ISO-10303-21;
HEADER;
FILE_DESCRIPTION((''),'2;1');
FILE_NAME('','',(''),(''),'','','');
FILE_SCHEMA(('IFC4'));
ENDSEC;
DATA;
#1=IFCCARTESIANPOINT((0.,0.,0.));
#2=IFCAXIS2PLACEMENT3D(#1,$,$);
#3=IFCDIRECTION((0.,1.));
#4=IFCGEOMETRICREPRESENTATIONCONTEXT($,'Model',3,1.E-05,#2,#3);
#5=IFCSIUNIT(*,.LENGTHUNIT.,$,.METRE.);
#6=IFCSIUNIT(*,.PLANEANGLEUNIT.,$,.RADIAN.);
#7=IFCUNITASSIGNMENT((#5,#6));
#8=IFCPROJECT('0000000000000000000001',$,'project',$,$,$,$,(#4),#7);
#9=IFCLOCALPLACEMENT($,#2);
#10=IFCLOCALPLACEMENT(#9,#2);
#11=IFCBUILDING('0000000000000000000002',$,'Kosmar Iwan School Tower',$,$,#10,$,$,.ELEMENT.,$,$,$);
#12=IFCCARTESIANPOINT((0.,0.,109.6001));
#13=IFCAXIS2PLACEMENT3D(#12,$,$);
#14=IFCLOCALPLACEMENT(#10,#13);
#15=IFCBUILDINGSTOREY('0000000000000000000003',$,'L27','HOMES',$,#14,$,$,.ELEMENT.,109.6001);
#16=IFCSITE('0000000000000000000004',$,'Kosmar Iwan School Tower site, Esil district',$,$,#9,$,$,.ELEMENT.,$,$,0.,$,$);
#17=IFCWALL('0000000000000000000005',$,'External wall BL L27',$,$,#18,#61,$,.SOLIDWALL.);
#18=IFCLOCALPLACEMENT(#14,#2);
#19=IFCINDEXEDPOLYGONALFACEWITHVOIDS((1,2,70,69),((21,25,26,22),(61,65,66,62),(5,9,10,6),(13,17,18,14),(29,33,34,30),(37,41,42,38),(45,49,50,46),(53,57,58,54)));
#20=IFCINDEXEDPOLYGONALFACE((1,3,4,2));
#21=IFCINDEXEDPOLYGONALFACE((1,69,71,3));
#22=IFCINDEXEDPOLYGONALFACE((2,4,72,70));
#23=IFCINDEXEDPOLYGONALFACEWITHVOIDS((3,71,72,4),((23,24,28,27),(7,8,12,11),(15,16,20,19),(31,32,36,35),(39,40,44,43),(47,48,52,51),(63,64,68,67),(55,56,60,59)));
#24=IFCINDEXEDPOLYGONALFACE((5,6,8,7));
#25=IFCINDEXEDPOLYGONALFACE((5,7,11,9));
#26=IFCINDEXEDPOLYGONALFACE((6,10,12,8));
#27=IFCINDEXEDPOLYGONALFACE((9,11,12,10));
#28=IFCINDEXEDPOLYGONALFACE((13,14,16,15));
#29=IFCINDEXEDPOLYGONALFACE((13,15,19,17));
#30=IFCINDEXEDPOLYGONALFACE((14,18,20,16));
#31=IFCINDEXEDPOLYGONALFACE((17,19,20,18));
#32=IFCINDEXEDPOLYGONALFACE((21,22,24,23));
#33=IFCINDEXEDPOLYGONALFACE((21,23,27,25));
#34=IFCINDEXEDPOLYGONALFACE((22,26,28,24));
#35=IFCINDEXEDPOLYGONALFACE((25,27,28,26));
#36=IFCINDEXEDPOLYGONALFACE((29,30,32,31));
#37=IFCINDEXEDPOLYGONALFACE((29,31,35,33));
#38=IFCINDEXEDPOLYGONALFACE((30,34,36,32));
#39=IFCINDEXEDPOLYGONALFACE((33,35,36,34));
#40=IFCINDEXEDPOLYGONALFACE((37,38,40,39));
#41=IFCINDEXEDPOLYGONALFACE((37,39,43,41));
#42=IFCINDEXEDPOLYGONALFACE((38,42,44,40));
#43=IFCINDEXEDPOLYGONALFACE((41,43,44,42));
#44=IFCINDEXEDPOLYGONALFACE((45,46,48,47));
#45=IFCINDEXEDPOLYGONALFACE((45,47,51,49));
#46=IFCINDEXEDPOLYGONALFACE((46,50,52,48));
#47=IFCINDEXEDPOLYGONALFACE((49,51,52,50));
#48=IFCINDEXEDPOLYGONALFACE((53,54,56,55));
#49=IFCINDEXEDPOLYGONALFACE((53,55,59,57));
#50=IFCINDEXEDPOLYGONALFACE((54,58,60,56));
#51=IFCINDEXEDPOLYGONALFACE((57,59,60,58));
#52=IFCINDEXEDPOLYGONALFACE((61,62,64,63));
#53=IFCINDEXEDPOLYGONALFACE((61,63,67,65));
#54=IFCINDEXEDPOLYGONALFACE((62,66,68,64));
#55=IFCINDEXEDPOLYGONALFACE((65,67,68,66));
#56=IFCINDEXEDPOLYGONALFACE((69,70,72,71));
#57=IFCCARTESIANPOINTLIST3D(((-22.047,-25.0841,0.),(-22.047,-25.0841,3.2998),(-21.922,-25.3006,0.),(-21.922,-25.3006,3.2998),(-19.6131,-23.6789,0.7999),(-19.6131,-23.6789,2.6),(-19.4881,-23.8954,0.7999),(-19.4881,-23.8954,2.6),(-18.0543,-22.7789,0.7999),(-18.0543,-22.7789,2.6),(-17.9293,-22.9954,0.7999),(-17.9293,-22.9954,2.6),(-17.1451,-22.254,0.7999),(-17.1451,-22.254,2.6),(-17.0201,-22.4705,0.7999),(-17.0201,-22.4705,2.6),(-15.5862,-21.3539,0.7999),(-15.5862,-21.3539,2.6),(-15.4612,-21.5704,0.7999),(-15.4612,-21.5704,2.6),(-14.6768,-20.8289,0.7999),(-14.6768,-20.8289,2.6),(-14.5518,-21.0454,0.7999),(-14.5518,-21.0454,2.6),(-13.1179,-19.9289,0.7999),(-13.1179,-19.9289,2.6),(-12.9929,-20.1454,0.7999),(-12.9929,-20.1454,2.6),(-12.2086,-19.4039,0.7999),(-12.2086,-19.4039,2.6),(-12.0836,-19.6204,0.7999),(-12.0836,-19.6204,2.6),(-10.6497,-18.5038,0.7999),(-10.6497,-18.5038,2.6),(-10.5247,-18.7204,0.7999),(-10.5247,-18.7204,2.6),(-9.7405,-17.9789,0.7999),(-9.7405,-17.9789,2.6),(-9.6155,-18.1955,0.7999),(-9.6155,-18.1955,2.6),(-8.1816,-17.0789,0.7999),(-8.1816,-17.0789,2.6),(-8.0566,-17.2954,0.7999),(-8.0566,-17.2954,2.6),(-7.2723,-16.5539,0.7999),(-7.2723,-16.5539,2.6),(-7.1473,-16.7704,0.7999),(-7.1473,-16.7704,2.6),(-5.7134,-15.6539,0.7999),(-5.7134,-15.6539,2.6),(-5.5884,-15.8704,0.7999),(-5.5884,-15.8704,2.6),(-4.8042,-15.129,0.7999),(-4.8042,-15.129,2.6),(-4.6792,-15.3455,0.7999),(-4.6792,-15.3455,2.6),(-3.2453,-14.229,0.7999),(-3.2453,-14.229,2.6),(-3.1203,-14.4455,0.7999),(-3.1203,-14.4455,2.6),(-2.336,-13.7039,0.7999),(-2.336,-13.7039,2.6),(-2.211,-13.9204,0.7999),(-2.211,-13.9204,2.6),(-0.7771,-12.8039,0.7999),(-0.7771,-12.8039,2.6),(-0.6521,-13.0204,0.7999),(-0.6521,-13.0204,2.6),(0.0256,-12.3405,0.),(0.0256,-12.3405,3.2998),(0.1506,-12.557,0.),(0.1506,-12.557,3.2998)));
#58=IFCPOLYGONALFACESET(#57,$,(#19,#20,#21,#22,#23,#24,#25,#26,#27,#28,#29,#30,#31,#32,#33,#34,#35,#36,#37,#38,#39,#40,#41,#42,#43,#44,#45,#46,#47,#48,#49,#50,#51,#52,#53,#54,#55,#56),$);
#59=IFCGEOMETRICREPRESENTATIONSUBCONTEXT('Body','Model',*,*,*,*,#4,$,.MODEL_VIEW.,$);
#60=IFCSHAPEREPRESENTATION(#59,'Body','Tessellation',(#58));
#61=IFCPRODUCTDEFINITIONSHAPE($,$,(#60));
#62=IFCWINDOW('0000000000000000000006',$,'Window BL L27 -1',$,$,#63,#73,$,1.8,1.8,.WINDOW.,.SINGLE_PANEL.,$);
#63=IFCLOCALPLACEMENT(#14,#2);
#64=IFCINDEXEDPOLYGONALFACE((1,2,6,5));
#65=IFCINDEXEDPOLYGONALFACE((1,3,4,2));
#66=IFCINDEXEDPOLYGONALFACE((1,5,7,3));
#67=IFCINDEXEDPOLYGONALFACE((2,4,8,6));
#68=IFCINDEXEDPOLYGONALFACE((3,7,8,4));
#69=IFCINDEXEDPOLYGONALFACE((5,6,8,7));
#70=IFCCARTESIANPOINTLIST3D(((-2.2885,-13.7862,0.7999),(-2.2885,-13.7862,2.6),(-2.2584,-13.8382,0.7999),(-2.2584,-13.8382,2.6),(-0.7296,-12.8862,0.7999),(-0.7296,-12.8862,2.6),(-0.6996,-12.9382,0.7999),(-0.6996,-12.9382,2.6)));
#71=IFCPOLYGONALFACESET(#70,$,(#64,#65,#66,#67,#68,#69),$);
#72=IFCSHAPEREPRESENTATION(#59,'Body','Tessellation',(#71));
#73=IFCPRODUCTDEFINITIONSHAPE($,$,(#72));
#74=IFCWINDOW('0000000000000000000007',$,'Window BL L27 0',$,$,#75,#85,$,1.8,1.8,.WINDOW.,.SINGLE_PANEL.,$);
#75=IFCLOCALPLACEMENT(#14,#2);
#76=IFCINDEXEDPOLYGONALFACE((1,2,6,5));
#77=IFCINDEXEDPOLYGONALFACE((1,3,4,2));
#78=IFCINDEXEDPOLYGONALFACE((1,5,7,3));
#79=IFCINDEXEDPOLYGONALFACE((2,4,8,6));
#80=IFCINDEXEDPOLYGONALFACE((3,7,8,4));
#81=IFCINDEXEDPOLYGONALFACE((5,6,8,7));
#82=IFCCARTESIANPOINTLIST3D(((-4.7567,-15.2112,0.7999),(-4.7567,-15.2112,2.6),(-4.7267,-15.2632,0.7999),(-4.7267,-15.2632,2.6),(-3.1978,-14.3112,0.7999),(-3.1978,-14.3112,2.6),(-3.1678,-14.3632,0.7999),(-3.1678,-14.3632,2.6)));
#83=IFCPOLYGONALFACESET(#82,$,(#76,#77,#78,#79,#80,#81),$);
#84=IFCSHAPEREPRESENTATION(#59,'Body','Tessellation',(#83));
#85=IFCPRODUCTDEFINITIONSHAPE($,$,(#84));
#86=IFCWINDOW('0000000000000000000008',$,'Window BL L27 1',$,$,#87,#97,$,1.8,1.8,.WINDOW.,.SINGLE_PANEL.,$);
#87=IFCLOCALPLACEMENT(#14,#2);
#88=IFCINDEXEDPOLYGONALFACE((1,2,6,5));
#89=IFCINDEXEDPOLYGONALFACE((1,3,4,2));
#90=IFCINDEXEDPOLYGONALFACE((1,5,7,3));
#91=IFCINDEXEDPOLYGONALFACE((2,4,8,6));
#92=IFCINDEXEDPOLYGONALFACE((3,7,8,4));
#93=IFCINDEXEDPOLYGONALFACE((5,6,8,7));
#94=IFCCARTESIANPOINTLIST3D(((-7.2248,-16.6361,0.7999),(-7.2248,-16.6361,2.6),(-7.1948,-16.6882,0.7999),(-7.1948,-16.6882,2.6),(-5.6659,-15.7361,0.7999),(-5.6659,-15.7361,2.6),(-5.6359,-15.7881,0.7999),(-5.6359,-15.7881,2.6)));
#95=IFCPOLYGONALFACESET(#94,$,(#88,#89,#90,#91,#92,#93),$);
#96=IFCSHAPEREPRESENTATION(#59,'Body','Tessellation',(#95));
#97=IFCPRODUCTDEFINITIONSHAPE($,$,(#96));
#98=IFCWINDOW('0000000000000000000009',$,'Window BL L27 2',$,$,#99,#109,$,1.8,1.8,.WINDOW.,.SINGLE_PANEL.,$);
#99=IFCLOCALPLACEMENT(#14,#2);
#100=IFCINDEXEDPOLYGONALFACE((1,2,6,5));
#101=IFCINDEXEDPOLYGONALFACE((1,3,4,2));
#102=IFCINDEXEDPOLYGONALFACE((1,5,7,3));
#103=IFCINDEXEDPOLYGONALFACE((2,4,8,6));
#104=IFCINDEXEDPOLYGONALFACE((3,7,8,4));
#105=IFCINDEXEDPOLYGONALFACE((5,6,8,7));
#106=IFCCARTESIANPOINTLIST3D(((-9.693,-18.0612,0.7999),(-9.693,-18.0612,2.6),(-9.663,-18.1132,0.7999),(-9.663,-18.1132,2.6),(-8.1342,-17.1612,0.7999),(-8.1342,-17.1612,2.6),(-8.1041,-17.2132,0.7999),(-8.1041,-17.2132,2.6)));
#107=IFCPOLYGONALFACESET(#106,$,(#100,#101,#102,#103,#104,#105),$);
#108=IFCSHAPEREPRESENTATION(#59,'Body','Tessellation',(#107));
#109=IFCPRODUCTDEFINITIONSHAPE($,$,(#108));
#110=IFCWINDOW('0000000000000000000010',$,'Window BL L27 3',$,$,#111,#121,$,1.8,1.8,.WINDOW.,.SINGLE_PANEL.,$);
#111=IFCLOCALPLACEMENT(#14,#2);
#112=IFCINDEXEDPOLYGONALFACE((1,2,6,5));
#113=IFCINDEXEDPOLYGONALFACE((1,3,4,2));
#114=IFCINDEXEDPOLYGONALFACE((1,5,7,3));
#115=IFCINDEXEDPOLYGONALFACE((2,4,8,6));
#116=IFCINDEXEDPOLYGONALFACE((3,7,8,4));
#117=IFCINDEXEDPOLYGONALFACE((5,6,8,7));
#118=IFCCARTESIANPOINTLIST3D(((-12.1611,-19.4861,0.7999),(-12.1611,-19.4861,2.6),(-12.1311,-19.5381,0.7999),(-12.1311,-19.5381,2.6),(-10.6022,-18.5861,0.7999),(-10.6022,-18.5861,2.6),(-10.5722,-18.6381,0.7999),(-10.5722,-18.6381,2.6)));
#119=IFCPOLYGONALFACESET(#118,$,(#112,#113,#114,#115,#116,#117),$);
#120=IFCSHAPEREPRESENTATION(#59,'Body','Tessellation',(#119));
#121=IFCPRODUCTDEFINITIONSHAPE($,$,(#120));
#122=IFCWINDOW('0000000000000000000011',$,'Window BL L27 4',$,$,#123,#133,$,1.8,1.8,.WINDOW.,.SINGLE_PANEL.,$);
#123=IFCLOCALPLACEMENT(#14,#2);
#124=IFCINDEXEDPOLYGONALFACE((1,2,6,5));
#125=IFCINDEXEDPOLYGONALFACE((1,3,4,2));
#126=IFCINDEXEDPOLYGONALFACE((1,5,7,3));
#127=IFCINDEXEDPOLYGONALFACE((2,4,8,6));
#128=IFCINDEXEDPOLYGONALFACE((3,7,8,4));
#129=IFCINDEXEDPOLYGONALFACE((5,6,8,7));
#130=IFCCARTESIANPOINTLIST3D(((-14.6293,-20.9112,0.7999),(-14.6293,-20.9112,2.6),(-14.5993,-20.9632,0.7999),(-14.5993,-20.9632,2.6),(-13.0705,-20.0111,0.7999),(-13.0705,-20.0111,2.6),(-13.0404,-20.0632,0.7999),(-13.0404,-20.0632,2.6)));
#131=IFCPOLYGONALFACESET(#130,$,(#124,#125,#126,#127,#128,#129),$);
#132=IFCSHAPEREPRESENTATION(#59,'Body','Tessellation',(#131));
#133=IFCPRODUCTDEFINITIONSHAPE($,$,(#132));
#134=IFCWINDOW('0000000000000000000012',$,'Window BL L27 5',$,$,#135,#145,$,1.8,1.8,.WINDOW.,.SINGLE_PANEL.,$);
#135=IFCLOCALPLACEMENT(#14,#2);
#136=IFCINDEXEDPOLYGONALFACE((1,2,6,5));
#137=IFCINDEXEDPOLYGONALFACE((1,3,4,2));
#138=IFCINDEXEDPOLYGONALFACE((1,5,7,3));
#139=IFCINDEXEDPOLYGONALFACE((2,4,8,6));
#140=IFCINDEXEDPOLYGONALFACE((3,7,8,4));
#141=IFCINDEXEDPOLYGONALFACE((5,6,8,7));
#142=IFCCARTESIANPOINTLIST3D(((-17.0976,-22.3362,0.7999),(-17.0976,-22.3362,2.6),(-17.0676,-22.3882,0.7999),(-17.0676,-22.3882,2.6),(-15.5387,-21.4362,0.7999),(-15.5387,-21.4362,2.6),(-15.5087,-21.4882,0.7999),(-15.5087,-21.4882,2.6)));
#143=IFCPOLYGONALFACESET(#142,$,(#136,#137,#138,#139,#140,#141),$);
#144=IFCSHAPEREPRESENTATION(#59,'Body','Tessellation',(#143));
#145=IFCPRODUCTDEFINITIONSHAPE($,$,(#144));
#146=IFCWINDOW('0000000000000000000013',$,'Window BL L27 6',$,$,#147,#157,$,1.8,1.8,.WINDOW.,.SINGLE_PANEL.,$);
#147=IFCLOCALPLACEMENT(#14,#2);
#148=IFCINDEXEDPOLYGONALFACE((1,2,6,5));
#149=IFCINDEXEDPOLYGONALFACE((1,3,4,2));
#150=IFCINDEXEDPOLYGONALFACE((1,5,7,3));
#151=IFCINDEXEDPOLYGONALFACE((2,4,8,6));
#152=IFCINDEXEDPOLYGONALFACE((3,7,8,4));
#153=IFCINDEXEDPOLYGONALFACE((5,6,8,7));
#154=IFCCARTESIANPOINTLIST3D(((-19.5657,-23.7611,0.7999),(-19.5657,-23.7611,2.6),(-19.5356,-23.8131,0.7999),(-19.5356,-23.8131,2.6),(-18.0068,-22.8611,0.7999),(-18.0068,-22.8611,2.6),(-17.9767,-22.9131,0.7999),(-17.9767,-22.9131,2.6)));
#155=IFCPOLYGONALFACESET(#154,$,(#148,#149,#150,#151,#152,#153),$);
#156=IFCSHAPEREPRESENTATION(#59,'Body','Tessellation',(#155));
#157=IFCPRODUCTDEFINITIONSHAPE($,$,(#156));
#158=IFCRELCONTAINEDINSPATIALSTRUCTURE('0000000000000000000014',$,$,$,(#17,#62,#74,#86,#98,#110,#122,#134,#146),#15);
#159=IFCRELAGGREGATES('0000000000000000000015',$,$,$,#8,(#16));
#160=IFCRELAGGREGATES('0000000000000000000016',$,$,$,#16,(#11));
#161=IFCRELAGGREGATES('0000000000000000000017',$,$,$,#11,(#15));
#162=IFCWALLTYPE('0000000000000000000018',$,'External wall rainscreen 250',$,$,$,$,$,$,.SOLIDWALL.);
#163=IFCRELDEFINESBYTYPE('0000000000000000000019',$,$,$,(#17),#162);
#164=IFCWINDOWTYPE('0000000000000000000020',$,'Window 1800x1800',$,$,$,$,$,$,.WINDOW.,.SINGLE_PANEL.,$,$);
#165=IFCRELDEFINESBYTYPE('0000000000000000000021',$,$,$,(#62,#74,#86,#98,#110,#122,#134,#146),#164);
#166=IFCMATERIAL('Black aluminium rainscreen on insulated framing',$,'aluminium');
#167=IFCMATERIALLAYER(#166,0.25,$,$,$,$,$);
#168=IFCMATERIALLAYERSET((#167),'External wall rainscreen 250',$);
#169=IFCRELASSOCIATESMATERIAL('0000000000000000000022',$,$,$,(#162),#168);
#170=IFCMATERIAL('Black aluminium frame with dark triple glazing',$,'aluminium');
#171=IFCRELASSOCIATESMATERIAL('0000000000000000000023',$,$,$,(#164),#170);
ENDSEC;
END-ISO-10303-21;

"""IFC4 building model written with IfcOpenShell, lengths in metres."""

from ifc_helpers import new_model, si_unit, direction, frame, frame_2d, origin, place, context, subcontext, project, spatial, rectangle, extrude, material, layer, layer_set, type_object, element, fill, save


model = new_model("IFC4")

# Units and contexts
model_context = context("Model", 3, precision=1e-05, world=origin(), true_north=direction((0.0, 1.0)))
body_context = subcontext(model_context, "Body", "Model", "MODEL_VIEW")
ifc_project = project(units=[si_unit("LENGTHUNIT", "METRE"), si_unit("PLANEANGLEUNIT", "RADIAN")], contexts=[model_context])

# Site, building, storey
site_placement = place(None, origin())
site = spatial("IfcSite", under=ifc_project, at=site_placement, Name="Kosmar Iwan School Tower site, Esil district", CompositionType="ELEMENT", RefElevation=0.0)
building_placement = place(site_placement, origin())
building = spatial("IfcBuilding", under=site, at=building_placement, Name="Kosmar Iwan School Tower", CompositionType="ELEMENT")
storey_placement = place(building_placement, frame((0.0, 0.0, 109.6001)))
storey = spatial("IfcBuildingStorey", under=building, at=storey_placement, Name="L27", Description="HOMES", CompositionType="ELEMENT", Elevation=109.6001)

# Wall, openings, windows
ifc_material_1 = material(Name="Black aluminium rainscreen on insulated framing", Category="aluminium")
ifc_layer = layer(ifc_material_1, 0.25)
ifc_layer_set = layer_set([ifc_layer], Name="External wall rainscreen 250")
wall_type = type_object("IfcWallType", Name="External wall rainscreen 250", PredefinedType="SOLIDWALL", material=ifc_layer_set)
wall_placement = place(storey_placement, frame((0.0881, -12.4487, 0.0), z_axis=(0.0, 0.0, 1.0), x_axis=(-0.866026, -0.499998, 0.0)))
wall = element("IfcWall", 1, at=wall_placement, inside=storey, type_object=wall_type, Name="External wall BL L27", PredefinedType="SOLIDWALL", context=body_context, shape_type="SweptSolid", body=[
    extrude(rectangle(XDim=25.4873, YDim=0.25, at=frame_2d((12.7437, 0.0))), origin(), (0.0, 0.0, 1.0), 3.2998),
])
opening_1_placement = place(wall_placement, frame((0.927, 0.0, 0.8)))
opening_1 = element("IfcOpeningElement", 2, at=opening_1_placement, cuts=wall, PredefinedType="OPENING", context=body_context, shape_type="SweptSolid", body=[
    extrude(rectangle(XDim=1.8, YDim=1.8, at=frame_2d((0.8999, 0.8999))), frame((0.0, 0.137, 0.0), z_axis=(0.0, -1.0, 0.0), x_axis=(1.0, 0.0, 0.0)), (0.0, 0.0, 1.0), 0.2739),
])
opening_2_placement = place(wall_placement, frame((3.7771, 0.0, 0.8)))
opening_2 = element("IfcOpeningElement", 3, at=opening_2_placement, cuts=wall, PredefinedType="OPENING", context=body_context, shape_type="SweptSolid", body=[
    extrude(rectangle(XDim=1.8, YDim=1.8, at=frame_2d((0.8999, 0.8999))), frame((0.0, 0.137, 0.0), z_axis=(0.0, -1.0, 0.0), x_axis=(1.0, 0.0, 0.0)), (0.0, 0.0, 1.0), 0.2739),
])
opening_3_placement = place(wall_placement, frame((6.627, 0.0, 0.8)))
opening_3 = element("IfcOpeningElement", 4, at=opening_3_placement, cuts=wall, PredefinedType="OPENING", context=body_context, shape_type="SweptSolid", body=[
    extrude(rectangle(XDim=1.8, YDim=1.8, at=frame_2d((0.8999, 0.8999))), frame((0.0, 0.137, 0.0), z_axis=(0.0, -1.0, 0.0), x_axis=(1.0, 0.0, 0.0)), (0.0, 0.0, 1.0), 0.2739),
])
opening_4_placement = place(wall_placement, frame((9.4771, 0.0, 0.8)))
opening_4 = element("IfcOpeningElement", 5, at=opening_4_placement, cuts=wall, PredefinedType="OPENING", context=body_context, shape_type="SweptSolid", body=[
    extrude(rectangle(XDim=1.8, YDim=1.8, at=frame_2d((0.8999, 0.8999))), frame((0.0, 0.137, 0.0), z_axis=(0.0, -1.0, 0.0), x_axis=(1.0, 0.0, 0.0)), (0.0, 0.0, 1.0), 0.2739),
])
opening_5_placement = place(wall_placement, frame((12.3269, 0.0, 0.8)))
opening_5 = element("IfcOpeningElement", 6, at=opening_5_placement, cuts=wall, PredefinedType="OPENING", context=body_context, shape_type="SweptSolid", body=[
    extrude(rectangle(XDim=1.8, YDim=1.8, at=frame_2d((0.8999, 0.8999))), frame((0.0, 0.137, 0.0), z_axis=(0.0, -1.0, 0.0), x_axis=(1.0, 0.0, 0.0)), (0.0, 0.0, 1.0), 0.2739),
])
opening_6_placement = place(wall_placement, frame((15.177, 0.0, 0.8)))
opening_6 = element("IfcOpeningElement", 7, at=opening_6_placement, cuts=wall, PredefinedType="OPENING", context=body_context, shape_type="SweptSolid", body=[
    extrude(rectangle(XDim=1.8, YDim=1.8, at=frame_2d((0.8999, 0.8999))), frame((0.0, 0.137, 0.0), z_axis=(0.0, -1.0, 0.0), x_axis=(1.0, 0.0, 0.0)), (0.0, 0.0, 1.0), 0.2739),
])
opening_7_placement = place(wall_placement, frame((18.0271, 0.0, 0.8)))
opening_7 = element("IfcOpeningElement", 8, at=opening_7_placement, cuts=wall, PredefinedType="OPENING", context=body_context, shape_type="SweptSolid", body=[
    extrude(rectangle(XDim=1.8, YDim=1.8, at=frame_2d((0.8999, 0.8999))), frame((0.0, 0.137, 0.0), z_axis=(0.0, -1.0, 0.0), x_axis=(1.0, 0.0, 0.0)), (0.0, 0.0, 1.0), 0.2739),
])
opening_8_placement = place(wall_placement, frame((20.877, 0.0, 0.8)))
opening_8 = element("IfcOpeningElement", 9, at=opening_8_placement, cuts=wall, PredefinedType="OPENING", context=body_context, shape_type="SweptSolid", body=[
    extrude(rectangle(XDim=1.8, YDim=1.8, at=frame_2d((0.8999, 0.8999))), frame((0.0, 0.137, 0.0), z_axis=(0.0, -1.0, 0.0), x_axis=(1.0, 0.0, 0.0)), (0.0, 0.0, 1.0), 0.2739),
])
ifc_material_2 = material(Name="Black aluminium frame with dark triple glazing", Category="aluminium")
window_type = type_object("IfcWindowType", Name="Window 1800x1800", PartitioningType="SINGLE_PANEL", PredefinedType="WINDOW", material=ifc_material_2)
window_1_placement = place(opening_1_placement, origin())
window_1 = element("IfcWindow", 10, at=window_1_placement, inside=storey, type_object=window_type, Name="Window BL L27 -1", OverallHeight=1.8, OverallWidth=1.8, PartitioningType="SINGLE_PANEL", PredefinedType="WINDOW", context=body_context, shape_type="SweptSolid", body=[
    extrude(rectangle(XDim=1.8, YDim=1.8, at=frame_2d((0.8999, 0.8999))), frame((0.0, 0.03, 0.0), z_axis=(0.0, -1.0, 0.0), x_axis=(1.0, 0.0, 0.0)), (0.0, 0.0, 1.0), 0.0601),
])
fill(opening_1, window_1)
window_2_placement = place(opening_2_placement, origin())
window_2 = element("IfcWindow", 11, at=window_2_placement, inside=storey, type_object=window_type, Name="Window BL L27 0", OverallHeight=1.8, OverallWidth=1.8, PartitioningType="SINGLE_PANEL", PredefinedType="WINDOW", context=body_context, shape_type="SweptSolid", body=[
    extrude(rectangle(XDim=1.8, YDim=1.8, at=frame_2d((0.8999, 0.8999))), frame((0.0, 0.03, 0.0), z_axis=(0.0, -1.0, 0.0), x_axis=(1.0, 0.0, 0.0)), (0.0, 0.0, 1.0), 0.0601),
])
fill(opening_2, window_2)
window_3_placement = place(opening_3_placement, origin())
window_3 = element("IfcWindow", 12, at=window_3_placement, inside=storey, type_object=window_type, Name="Window BL L27 1", OverallHeight=1.8, OverallWidth=1.8, PartitioningType="SINGLE_PANEL", PredefinedType="WINDOW", context=body_context, shape_type="SweptSolid", body=[
    extrude(rectangle(XDim=1.8, YDim=1.8, at=frame_2d((0.8999, 0.8999))), frame((0.0, 0.03, 0.0), z_axis=(0.0, -1.0, 0.0), x_axis=(1.0, 0.0, 0.0)), (0.0, 0.0, 1.0), 0.0601),
])
fill(opening_3, window_3)
window_4_placement = place(opening_4_placement, origin())
window_4 = element("IfcWindow", 13, at=window_4_placement, inside=storey, type_object=window_type, Name="Window BL L27 2", OverallHeight=1.8, OverallWidth=1.8, PartitioningType="SINGLE_PANEL", PredefinedType="WINDOW", context=body_context, shape_type="SweptSolid", body=[
    extrude(rectangle(XDim=1.8, YDim=1.8, at=frame_2d((0.8999, 0.8999))), frame((0.0, 0.03, 0.0), z_axis=(0.0, -1.0, 0.0), x_axis=(1.0, 0.0, 0.0)), (0.0, 0.0, 1.0), 0.0601),
])
fill(opening_4, window_4)
window_5_placement = place(opening_5_placement, origin())
window_5 = element("IfcWindow", 14, at=window_5_placement, inside=storey, type_object=window_type, Name="Window BL L27 3", OverallHeight=1.8, OverallWidth=1.8, PartitioningType="SINGLE_PANEL", PredefinedType="WINDOW", context=body_context, shape_type="SweptSolid", body=[
    extrude(rectangle(XDim=1.8, YDim=1.8, at=frame_2d((0.8999, 0.8999))), frame((0.0, 0.03, 0.0), z_axis=(0.0, -1.0, 0.0), x_axis=(1.0, 0.0, 0.0)), (0.0, 0.0, 1.0), 0.0601),
])
fill(opening_5, window_5)
window_6_placement = place(opening_6_placement, origin())
window_6 = element("IfcWindow", 15, at=window_6_placement, inside=storey, type_object=window_type, Name="Window BL L27 4", OverallHeight=1.8, OverallWidth=1.8, PartitioningType="SINGLE_PANEL", PredefinedType="WINDOW", context=body_context, shape_type="SweptSolid", body=[
    extrude(rectangle(XDim=1.8, YDim=1.8, at=frame_2d((0.8999, 0.8999))), frame((0.0, 0.03, 0.0), z_axis=(0.0, -1.0, 0.0), x_axis=(1.0, 0.0, 0.0)), (0.0, 0.0, 1.0), 0.0601),
])
fill(opening_6, window_6)
window_7_placement = place(opening_7_placement, origin())
window_7 = element("IfcWindow", 16, at=window_7_placement, inside=storey, type_object=window_type, Name="Window BL L27 5", OverallHeight=1.8, OverallWidth=1.8, PartitioningType="SINGLE_PANEL", PredefinedType="WINDOW", context=body_context, shape_type="SweptSolid", body=[
    extrude(rectangle(XDim=1.8, YDim=1.8, at=frame_2d((0.8999, 0.8999))), frame((0.0, 0.03, 0.0), z_axis=(0.0, -1.0, 0.0), x_axis=(1.0, 0.0, 0.0)), (0.0, 0.0, 1.0), 0.0601),
])
fill(opening_7, window_7)
window_8_placement = place(opening_8_placement, origin())
window_8 = element("IfcWindow", 17, at=window_8_placement, inside=storey, type_object=window_type, Name="Window BL L27 6", OverallHeight=1.8, OverallWidth=1.8, PartitioningType="SINGLE_PANEL", PredefinedType="WINDOW", context=body_context, shape_type="SweptSolid", body=[
    extrude(rectangle(XDim=1.8, YDim=1.8, at=frame_2d((0.8999, 0.8999))), frame((0.0, 0.03, 0.0), z_axis=(0.0, -1.0, 0.0), x_axis=(1.0, 0.0, 0.0)), (0.0, 0.0, 1.0), 0.0601),
])
fill(opening_8, window_8)

save(model, "model.ifc")
